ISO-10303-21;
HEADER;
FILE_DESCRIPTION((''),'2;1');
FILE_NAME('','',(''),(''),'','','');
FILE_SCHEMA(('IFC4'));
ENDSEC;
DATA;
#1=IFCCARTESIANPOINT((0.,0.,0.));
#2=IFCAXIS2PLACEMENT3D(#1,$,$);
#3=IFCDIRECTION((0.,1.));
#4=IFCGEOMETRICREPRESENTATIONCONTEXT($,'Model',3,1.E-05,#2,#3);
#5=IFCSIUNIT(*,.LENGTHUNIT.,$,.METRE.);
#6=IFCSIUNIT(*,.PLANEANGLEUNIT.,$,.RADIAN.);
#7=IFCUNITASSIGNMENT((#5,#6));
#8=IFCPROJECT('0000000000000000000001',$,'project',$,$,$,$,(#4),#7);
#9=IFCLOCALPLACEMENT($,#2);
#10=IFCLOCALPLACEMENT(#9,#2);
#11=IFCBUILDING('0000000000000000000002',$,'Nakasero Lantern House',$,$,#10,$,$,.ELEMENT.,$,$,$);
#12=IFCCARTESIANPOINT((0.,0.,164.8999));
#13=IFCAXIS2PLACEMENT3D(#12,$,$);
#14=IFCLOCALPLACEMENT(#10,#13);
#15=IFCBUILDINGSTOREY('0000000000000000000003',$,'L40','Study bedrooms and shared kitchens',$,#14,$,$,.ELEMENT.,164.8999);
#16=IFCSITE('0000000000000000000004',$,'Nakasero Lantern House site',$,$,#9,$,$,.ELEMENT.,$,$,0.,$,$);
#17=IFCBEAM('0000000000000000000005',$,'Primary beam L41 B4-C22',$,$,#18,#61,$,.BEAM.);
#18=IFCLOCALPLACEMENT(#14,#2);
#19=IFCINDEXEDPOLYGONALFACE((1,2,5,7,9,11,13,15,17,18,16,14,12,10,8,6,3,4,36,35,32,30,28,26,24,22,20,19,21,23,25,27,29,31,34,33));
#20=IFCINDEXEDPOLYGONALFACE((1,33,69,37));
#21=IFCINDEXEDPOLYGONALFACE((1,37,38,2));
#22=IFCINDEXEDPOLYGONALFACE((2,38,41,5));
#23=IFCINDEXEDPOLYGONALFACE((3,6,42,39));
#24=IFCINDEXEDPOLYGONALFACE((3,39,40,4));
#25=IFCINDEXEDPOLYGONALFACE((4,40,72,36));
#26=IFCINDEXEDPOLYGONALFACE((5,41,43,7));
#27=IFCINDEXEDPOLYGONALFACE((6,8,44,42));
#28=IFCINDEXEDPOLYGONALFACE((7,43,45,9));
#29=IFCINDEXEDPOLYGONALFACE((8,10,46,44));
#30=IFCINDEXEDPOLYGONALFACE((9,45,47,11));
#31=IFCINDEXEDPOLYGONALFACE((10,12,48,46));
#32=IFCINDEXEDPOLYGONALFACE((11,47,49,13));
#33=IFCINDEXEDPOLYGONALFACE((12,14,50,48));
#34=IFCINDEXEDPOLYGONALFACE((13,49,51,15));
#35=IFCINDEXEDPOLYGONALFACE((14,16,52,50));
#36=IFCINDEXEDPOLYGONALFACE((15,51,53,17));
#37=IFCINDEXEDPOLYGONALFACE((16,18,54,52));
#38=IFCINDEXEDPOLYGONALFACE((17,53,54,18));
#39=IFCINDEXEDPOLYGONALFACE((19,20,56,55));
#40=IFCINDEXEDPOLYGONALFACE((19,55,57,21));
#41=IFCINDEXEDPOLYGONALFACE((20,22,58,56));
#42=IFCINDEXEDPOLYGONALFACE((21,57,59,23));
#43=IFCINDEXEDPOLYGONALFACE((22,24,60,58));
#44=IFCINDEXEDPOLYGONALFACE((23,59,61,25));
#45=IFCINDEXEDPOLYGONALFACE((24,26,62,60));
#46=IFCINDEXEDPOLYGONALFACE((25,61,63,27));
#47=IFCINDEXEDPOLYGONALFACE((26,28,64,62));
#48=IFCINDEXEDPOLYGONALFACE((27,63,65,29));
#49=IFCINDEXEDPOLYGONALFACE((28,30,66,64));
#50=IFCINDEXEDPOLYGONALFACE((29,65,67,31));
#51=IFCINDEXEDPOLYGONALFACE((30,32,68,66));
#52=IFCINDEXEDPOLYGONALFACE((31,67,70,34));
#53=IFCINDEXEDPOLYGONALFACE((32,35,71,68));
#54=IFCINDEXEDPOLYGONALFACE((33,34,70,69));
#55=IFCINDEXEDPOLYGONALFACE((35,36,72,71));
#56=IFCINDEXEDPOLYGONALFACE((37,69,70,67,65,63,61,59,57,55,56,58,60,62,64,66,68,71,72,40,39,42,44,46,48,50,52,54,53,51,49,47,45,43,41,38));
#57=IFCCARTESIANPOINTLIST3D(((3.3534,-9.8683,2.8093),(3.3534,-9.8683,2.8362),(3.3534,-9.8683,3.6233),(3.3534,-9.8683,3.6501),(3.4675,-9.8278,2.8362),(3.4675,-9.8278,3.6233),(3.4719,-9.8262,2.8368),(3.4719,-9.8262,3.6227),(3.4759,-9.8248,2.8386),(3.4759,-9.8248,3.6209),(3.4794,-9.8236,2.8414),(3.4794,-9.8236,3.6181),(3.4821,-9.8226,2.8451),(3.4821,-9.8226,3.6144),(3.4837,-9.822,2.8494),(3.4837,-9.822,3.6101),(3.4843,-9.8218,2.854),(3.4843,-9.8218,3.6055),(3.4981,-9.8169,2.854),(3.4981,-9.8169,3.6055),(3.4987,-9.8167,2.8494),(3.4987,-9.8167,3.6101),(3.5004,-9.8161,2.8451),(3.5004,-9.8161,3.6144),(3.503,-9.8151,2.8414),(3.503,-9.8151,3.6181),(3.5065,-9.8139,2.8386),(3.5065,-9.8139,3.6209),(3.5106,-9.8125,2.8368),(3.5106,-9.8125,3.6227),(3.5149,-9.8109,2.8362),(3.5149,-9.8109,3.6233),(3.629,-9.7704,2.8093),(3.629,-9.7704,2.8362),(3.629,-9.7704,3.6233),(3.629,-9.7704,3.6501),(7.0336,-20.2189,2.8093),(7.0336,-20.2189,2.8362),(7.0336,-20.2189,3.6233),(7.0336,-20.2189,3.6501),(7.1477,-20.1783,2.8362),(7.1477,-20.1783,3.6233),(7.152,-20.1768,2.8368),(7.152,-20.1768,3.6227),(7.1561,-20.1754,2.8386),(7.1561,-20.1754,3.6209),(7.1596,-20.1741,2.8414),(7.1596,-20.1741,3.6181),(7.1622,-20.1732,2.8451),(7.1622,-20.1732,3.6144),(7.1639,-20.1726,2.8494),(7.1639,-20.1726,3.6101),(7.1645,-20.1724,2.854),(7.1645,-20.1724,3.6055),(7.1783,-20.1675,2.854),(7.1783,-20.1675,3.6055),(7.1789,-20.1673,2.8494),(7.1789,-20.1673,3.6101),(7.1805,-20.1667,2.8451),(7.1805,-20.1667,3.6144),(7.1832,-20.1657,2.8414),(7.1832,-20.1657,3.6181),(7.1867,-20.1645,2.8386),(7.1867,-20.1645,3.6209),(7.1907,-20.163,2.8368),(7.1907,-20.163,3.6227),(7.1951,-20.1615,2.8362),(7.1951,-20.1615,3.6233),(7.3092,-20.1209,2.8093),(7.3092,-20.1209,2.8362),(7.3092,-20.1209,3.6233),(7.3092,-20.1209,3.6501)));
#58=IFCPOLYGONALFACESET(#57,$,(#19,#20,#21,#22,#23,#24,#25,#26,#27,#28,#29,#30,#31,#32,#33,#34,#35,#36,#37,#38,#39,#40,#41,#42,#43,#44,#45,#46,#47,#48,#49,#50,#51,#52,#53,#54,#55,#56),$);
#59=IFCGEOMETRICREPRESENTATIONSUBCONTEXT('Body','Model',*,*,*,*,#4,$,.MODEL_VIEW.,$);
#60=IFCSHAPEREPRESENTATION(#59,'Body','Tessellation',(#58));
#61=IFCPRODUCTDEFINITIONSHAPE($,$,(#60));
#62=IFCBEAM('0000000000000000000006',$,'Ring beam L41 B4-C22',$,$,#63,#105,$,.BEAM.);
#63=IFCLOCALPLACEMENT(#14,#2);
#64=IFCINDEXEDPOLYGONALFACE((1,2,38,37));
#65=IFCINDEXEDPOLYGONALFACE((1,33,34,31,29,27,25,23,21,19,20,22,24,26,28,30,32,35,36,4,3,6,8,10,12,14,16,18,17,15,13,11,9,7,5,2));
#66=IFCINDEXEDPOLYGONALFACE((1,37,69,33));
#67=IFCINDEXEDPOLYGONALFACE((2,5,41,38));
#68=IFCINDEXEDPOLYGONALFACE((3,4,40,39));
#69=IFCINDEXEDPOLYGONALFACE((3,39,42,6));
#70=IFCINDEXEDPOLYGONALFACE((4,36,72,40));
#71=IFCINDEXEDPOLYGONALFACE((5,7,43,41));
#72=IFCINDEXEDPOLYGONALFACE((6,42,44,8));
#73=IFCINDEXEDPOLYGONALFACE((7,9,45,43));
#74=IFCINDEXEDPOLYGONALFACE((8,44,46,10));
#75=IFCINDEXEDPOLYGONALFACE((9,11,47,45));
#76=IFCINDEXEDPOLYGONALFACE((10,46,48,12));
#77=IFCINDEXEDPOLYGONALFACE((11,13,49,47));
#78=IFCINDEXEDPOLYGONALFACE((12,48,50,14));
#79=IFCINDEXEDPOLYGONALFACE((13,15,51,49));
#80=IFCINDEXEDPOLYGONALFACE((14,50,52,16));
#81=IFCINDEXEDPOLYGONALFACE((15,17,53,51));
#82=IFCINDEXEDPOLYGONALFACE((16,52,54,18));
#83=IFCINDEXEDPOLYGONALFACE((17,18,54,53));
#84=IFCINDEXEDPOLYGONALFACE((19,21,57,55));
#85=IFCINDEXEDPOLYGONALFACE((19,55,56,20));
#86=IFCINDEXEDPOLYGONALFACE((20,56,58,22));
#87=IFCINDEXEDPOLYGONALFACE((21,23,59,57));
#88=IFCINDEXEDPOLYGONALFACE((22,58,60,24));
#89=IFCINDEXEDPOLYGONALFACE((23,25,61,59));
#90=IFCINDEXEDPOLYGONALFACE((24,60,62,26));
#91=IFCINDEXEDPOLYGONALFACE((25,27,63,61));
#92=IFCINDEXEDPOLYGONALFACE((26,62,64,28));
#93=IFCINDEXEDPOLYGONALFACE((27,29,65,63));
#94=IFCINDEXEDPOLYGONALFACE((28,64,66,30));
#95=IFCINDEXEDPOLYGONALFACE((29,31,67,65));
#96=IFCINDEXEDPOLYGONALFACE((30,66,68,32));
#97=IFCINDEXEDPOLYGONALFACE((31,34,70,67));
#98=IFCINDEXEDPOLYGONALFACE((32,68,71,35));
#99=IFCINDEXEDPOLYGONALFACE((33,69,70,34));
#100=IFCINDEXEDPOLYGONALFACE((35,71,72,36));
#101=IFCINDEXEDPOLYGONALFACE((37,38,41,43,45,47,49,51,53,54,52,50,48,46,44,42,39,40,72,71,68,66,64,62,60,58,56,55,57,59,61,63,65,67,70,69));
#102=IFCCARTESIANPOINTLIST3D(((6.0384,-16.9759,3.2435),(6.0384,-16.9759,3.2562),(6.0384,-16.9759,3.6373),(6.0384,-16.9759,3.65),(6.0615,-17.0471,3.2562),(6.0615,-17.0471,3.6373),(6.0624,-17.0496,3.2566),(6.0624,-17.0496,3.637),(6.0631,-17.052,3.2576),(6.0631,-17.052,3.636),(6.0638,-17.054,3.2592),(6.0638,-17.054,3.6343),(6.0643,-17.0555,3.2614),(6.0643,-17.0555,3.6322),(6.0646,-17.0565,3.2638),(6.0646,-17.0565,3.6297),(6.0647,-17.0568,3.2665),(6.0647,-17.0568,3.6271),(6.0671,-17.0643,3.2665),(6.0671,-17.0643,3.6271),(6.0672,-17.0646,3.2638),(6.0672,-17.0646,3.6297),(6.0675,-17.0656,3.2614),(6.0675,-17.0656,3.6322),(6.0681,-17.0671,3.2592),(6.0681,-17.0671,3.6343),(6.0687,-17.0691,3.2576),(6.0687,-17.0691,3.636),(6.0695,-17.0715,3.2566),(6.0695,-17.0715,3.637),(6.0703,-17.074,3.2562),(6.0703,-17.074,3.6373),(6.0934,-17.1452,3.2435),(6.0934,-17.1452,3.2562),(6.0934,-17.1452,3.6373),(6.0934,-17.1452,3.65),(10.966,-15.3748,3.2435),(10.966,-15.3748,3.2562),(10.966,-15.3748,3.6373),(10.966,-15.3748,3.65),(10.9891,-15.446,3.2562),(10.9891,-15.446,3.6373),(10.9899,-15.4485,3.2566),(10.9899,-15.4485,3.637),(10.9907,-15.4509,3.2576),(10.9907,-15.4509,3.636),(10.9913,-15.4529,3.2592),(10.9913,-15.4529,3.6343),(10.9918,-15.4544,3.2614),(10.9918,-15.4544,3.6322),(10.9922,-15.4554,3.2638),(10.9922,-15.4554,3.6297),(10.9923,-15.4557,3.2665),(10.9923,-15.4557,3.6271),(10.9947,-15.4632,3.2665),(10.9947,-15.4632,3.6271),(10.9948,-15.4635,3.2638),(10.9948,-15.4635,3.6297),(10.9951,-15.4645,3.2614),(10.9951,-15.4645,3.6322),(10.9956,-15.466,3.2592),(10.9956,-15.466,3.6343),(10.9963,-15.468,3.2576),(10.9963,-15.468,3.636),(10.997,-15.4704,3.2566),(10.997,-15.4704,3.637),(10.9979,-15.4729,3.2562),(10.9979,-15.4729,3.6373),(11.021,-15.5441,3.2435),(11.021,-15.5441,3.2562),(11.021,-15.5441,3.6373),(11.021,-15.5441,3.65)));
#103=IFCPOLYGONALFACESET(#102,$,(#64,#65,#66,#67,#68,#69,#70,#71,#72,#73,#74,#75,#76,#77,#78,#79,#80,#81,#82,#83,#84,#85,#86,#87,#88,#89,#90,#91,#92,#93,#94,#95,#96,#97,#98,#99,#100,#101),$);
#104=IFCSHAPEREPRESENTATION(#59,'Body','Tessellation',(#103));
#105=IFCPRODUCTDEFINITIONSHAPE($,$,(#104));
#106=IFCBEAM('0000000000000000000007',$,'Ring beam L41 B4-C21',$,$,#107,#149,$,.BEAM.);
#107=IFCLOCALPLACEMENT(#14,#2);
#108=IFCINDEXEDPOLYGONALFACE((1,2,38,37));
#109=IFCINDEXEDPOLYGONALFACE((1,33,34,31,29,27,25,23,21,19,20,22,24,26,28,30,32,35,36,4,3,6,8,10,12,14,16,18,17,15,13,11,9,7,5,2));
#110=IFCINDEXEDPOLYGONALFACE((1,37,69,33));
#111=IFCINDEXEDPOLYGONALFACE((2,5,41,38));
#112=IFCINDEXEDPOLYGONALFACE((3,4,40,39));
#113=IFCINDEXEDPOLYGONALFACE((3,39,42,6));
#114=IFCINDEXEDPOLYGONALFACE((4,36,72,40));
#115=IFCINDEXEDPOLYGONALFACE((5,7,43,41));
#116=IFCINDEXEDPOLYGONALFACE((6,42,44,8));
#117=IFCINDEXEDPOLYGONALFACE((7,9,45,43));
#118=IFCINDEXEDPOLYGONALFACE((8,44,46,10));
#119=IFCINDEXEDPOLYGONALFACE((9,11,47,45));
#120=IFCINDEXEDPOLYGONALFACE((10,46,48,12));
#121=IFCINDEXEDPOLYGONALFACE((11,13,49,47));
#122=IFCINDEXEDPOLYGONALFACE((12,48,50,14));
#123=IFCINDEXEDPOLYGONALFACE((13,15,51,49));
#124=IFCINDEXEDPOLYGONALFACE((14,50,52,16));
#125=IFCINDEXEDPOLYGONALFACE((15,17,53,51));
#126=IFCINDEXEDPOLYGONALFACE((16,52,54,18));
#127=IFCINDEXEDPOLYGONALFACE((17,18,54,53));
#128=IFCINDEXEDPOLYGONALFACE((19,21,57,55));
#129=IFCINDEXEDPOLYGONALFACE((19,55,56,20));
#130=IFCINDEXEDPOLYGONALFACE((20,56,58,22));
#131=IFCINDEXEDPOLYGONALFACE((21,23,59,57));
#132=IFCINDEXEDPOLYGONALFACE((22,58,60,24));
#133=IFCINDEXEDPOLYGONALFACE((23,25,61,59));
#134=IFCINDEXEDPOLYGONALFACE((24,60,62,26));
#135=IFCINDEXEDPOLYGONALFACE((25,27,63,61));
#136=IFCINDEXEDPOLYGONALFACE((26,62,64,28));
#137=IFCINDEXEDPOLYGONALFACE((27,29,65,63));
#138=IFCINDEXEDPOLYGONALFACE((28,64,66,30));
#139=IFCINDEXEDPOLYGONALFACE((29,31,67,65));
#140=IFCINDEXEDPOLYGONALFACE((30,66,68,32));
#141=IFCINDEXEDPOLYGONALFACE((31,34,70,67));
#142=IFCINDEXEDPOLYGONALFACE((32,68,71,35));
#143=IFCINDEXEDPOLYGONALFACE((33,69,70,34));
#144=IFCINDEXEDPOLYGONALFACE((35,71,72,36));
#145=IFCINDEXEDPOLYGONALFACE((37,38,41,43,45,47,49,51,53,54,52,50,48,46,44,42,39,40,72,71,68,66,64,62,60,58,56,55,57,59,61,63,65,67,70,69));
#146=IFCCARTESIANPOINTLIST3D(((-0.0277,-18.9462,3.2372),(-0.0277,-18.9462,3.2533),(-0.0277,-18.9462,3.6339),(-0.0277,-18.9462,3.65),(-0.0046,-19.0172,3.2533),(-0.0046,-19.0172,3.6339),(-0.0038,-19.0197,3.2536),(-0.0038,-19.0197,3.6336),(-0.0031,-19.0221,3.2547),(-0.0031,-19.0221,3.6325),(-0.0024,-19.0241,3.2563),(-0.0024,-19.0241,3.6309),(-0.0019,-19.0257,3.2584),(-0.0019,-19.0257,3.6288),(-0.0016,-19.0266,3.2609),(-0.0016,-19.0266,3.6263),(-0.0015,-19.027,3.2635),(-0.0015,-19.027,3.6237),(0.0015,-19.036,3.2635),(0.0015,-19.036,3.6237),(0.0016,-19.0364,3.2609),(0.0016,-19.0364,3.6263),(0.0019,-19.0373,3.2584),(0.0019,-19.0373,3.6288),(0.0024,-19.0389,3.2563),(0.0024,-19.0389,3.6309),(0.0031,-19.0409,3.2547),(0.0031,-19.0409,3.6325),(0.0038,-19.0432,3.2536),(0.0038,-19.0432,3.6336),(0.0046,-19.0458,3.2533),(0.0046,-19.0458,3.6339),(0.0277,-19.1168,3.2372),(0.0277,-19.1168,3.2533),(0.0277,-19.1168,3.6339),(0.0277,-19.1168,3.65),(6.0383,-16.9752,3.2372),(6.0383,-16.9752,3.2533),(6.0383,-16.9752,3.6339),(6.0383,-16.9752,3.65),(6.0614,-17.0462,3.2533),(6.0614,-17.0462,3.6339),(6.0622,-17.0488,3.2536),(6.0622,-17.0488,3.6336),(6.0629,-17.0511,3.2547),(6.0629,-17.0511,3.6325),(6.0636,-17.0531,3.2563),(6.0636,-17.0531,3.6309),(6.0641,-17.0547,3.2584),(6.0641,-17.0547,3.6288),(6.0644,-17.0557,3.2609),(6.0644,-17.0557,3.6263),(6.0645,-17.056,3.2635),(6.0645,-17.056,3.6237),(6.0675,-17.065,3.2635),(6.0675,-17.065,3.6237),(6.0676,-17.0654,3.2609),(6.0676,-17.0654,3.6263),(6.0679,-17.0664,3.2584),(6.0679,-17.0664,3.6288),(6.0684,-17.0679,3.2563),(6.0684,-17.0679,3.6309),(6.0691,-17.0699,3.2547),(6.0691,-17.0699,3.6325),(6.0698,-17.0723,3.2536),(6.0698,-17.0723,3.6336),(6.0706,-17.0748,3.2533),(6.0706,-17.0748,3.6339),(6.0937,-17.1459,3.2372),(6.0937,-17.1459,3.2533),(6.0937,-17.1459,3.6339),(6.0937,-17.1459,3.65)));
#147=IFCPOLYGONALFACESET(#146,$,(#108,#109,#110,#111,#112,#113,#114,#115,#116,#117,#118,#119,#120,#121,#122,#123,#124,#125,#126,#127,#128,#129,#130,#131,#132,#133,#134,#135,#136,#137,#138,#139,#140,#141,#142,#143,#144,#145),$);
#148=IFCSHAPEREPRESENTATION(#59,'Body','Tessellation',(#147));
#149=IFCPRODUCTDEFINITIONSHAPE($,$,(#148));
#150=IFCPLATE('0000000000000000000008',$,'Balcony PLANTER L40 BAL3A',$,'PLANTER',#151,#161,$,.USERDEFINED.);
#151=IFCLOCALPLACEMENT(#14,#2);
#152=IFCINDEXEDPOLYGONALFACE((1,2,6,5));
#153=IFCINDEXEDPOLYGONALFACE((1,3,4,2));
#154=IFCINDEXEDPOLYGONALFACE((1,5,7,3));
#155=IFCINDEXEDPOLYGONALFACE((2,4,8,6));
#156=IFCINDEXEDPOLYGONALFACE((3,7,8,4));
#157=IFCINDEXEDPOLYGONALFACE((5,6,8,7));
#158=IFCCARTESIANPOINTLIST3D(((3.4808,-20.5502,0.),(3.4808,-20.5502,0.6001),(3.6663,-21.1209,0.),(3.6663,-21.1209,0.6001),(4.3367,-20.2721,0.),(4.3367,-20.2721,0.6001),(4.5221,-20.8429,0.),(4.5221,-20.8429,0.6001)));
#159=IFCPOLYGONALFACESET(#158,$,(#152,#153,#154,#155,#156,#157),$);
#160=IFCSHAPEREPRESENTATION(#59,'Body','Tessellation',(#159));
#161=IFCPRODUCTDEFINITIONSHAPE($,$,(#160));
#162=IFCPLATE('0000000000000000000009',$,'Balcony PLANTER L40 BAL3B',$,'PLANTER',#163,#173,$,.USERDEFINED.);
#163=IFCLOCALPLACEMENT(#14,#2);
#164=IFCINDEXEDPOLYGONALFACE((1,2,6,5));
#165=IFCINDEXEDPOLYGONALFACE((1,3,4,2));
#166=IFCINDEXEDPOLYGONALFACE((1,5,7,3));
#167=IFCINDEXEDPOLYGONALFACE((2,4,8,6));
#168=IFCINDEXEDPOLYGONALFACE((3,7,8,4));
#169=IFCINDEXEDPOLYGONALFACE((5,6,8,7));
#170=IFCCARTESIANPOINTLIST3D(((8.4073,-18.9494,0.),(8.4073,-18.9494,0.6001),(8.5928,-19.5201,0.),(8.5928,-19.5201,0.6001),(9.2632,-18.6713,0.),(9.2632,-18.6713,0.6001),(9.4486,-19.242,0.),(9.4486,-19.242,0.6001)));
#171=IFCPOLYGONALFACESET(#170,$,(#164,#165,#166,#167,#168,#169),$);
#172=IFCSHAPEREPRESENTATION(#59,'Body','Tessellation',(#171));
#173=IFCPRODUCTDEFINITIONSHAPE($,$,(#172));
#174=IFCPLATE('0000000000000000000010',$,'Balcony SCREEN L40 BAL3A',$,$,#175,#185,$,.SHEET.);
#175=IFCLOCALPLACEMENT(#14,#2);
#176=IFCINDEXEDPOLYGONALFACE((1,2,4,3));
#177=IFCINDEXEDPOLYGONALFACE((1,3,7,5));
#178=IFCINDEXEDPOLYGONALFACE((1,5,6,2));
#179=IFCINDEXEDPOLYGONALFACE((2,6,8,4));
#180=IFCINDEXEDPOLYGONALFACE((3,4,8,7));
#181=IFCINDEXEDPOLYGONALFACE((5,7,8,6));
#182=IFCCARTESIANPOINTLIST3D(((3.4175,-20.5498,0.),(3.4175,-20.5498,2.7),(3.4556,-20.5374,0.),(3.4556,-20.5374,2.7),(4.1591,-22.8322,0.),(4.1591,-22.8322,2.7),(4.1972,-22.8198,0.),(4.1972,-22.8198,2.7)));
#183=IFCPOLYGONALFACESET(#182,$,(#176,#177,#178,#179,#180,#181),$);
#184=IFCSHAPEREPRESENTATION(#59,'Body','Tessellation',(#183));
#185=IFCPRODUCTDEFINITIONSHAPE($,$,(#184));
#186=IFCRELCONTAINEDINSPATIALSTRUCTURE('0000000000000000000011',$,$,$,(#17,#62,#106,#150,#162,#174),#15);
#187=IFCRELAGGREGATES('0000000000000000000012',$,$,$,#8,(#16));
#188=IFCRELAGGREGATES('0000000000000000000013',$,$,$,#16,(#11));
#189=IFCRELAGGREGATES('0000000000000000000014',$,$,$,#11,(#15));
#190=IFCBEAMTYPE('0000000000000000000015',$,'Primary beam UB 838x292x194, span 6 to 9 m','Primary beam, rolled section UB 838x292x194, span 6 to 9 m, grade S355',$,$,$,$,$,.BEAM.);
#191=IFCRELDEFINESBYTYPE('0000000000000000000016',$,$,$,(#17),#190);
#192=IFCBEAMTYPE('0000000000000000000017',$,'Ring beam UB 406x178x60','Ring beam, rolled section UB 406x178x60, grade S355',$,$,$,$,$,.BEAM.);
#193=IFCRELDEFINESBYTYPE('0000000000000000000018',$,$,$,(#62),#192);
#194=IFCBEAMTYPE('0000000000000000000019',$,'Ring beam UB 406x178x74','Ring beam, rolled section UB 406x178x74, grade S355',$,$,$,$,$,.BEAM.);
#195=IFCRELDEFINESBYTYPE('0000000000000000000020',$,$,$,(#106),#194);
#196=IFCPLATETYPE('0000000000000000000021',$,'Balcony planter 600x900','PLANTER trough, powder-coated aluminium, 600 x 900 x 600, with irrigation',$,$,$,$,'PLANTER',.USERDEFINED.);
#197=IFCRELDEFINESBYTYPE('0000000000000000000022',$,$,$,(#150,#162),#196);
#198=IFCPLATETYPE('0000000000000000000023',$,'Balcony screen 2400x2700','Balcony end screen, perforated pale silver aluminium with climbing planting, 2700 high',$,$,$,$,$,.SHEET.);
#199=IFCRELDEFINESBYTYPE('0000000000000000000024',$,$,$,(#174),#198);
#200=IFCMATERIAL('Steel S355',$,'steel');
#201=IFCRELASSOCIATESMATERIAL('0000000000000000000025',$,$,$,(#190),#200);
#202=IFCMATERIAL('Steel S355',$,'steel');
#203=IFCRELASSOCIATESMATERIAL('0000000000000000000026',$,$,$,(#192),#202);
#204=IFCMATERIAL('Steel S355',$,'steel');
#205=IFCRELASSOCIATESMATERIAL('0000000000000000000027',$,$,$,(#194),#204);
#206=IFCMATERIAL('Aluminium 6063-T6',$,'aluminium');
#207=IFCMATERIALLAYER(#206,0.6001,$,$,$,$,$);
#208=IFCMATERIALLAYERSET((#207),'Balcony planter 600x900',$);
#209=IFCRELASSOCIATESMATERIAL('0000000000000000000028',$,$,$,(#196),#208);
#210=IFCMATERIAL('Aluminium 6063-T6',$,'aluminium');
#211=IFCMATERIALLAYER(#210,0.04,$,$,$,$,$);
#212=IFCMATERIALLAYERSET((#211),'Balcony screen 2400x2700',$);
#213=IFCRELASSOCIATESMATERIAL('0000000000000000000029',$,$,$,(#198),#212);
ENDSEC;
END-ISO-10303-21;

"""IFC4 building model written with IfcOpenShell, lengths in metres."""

from ifc_helpers import new_model, si_unit, direction, frame, origin, origin_2d, place, context, subcontext, project, spatial, rectangle, i_section, extrude, material, layer, layer_set, material_profile, profile_set, type_object, element, save


model = new_model("IFC4")

# Units and contexts
model_context = context("Model", 3, precision=1e-05, world=origin(), true_north=direction((0.0, 1.0)))
body_context = subcontext(model_context, "Body", "Model", "MODEL_VIEW")
ifc_project = project(units=[si_unit("LENGTHUNIT", "METRE"), si_unit("PLANEANGLEUNIT", "RADIAN")], contexts=[model_context])

# Site, building, storey
site_placement = place(None, origin())
site = spatial("IfcSite", under=ifc_project, at=site_placement, Name="Nakasero Lantern House site", CompositionType="ELEMENT", RefElevation=0.0)
building_placement = place(site_placement, origin())
building = spatial("IfcBuilding", under=site, at=building_placement, Name="Nakasero Lantern House", CompositionType="ELEMENT")
storey_placement = place(building_placement, frame((0.0, 0.0, 164.8999)))
storey = spatial("IfcBuildingStorey", under=building, at=storey_placement, Name="L40", Description="Study bedrooms and shared kitchens", CompositionType="ELEMENT", Elevation=164.8999)

# Beams
ifc_material_1 = material(Name="Steel S355", Category="steel")
ifc_material_profile_1 = material_profile(ifc_material_1, i_section(OverallWidth=0.2925, OverallDepth=0.8408, WebThickness=0.0146, FlangeThickness=0.0269, FilletRadius=0.0178, at=origin_2d()), Name="UB 838x292x194")
ifc_profile_set_1 = profile_set([ifc_material_profile_1], Name="Steel S355")
beam_type_1 = type_object("IfcBeamType", Name="Primary beam UB 838x292x194, span 6 to 9 m", Description="Primary beam, rolled section UB 838x292x194, span 6 to 9 m, grade S355", PredefinedType="BEAM", material=ifc_profile_set_1)
beam_1_placement = place(storey_placement, frame((7.1714, -20.1699, 3.2297), z_axis=(-0.335007, 0.942216, 0.0), x_axis=(-0.942216, -0.335007, 0.0)))
element("IfcBeam", 1, at=beam_1_placement, inside=storey, type_object=beam_type_1, Name="Primary beam L41 B4-C22", PredefinedType="BEAM", context=body_context, shape_type="SweptSolid", body=[
    extrude(i_section(OverallWidth=0.2925, OverallDepth=0.8408, WebThickness=0.0146, FlangeThickness=0.0269, FilletRadius=0.0178, at=origin_2d()), origin(), (0.0, 0.0, 1.0), 10.9854),
])
ifc_material_2 = material(Name="Steel S355", Category="steel")
ifc_material_profile_2 = material_profile(ifc_material_2, i_section(OverallWidth=0.178, OverallDepth=0.4065, WebThickness=0.0078, FlangeThickness=0.0127, FilletRadius=0.0103, at=origin_2d()), Name="UB 406x178x60")
ifc_profile_set_2 = profile_set([ifc_material_profile_2], Name="Steel S355")
beam_type_2 = type_object("IfcBeamType", Name="Ring beam UB 406x178x60", Description="Ring beam, rolled section UB 406x178x60, grade S355", PredefinedType="BEAM", material=ifc_profile_set_2)
beam_2_placement = place(storey_placement, frame((6.0659, -17.0605, 3.4468), z_axis=(0.951054, 0.309023, 0.0), x_axis=(-0.309023, 0.951054, 0.0)))
element("IfcBeam", 2, at=beam_2_placement, inside=storey, type_object=beam_type_2, Name="Ring beam L41 B4-C22", PredefinedType="BEAM", context=body_context, shape_type="SweptSolid", body=[
    extrude(i_section(OverallWidth=0.178, OverallDepth=0.4065, WebThickness=0.0078, FlangeThickness=0.0127, FilletRadius=0.0103, at=origin_2d()), origin(), (0.0, 0.0, 1.0), 5.1812),
])
ifc_material_3 = material(Name="Steel S355", Category="steel")
ifc_material_profile_3 = material_profile(ifc_material_3, i_section(OverallWidth=0.1794, OverallDepth=0.4128, WebThickness=0.0095, FlangeThickness=0.0161, FilletRadius=0.0103, at=origin_2d()), Name="UB 406x178x74")
ifc_profile_set_3 = profile_set([ifc_material_profile_3], Name="Steel S355")
beam_type_3 = type_object("IfcBeamType", Name="Ring beam UB 406x178x74", Description="Ring beam, rolled section UB 406x178x74, grade S355", PredefinedType="BEAM", material=ifc_profile_set_3)
beam_3_placement = place(storey_placement, frame((0.0, -19.0315, 3.4436), z_axis=(0.951056, 0.309019, 0.0), x_axis=(-0.309019, 0.951056, 0.0)))
element("IfcBeam", 3, at=beam_3_placement, inside=storey, type_object=beam_type_3, Name="Ring beam L41 B4-C21", PredefinedType="BEAM", context=body_context, shape_type="SweptSolid", body=[
    extrude(i_section(OverallWidth=0.1794, OverallDepth=0.4128, WebThickness=0.0095, FlangeThickness=0.0161, FilletRadius=0.0103, at=origin_2d()), origin(), (0.0, 0.0, 1.0), 6.3782),
])

# Plates
ifc_material_4 = material(Name="Aluminium 6063-T6", Category="aluminium")
ifc_layer_1 = layer(ifc_material_4, 0.6001)
ifc_layer_set_1 = layer_set([ifc_layer_1], Name="Balcony planter 600x900")
plate_type_1 = type_object("IfcPlateType", Name="Balcony planter 600x900", Description="PLANTER trough, powder-coated aluminium, 600 x 900 x 600, with irrigation", ElementType="PLANTER", PredefinedType="USERDEFINED", material=ifc_layer_set_1)
for number, where, z_axis, x_axis, name in (
    (4, (4.0015, -20.6965, 0.0), (0.0, 0.0, 1.0), (0.309017, -0.951057, 0.0), "Balcony PLANTER L40 BAL3A"),
    (5, (8.928, -19.0957, 0.0), (0.0, 0.0, 1.0), (0.309017, -0.951057, 0.0), "Balcony PLANTER L40 BAL3B"),
):
    element("IfcPlate", number, at=place(storey_placement, frame(where, z_axis=z_axis, x_axis=x_axis)), inside=storey, type_object=plate_type_1, Name=name, ObjectType="PLANTER", PredefinedType="USERDEFINED", context=body_context, shape_type="SweptSolid", body=[
        extrude(rectangle(XDim=0.6001, YDim=0.8999, at=origin_2d()), origin(), (0.0, 0.0, 1.0), 0.6001),
    ])
ifc_material_5 = material(Name="Aluminium 6063-T6", Category="aluminium")
ifc_layer_2 = layer(ifc_material_5, 0.04)
ifc_layer_set_2 = layer_set([ifc_layer_2], Name="Balcony screen 2400x2700")
plate_type_2 = type_object("IfcPlateType", Name="Balcony screen 2400x2700", Description="Balcony end screen, perforated pale silver aluminium with climbing planting, 2700 high", PredefinedType="SHEET", material=ifc_layer_set_2)
for number, where, z_axis, x_axis, name in (
    (6, (3.8074, -21.6848, 0.0), (0.0, 0.0, 1.0), (0.309017, -0.951057, 0.0), "Balcony SCREEN L40 BAL3A"),
):
    element("IfcPlate", number, at=place(storey_placement, frame(where, z_axis=z_axis, x_axis=x_axis)), inside=storey, type_object=plate_type_2, Name=name, PredefinedType="SHEET", context=body_context, shape_type="SweptSolid", body=[
        extrude(rectangle(XDim=2.3999, YDim=0.04, at=origin_2d()), origin(), (0.0, 0.0, 1.0), 2.7),
    ])

save(model, "model.ifc")
